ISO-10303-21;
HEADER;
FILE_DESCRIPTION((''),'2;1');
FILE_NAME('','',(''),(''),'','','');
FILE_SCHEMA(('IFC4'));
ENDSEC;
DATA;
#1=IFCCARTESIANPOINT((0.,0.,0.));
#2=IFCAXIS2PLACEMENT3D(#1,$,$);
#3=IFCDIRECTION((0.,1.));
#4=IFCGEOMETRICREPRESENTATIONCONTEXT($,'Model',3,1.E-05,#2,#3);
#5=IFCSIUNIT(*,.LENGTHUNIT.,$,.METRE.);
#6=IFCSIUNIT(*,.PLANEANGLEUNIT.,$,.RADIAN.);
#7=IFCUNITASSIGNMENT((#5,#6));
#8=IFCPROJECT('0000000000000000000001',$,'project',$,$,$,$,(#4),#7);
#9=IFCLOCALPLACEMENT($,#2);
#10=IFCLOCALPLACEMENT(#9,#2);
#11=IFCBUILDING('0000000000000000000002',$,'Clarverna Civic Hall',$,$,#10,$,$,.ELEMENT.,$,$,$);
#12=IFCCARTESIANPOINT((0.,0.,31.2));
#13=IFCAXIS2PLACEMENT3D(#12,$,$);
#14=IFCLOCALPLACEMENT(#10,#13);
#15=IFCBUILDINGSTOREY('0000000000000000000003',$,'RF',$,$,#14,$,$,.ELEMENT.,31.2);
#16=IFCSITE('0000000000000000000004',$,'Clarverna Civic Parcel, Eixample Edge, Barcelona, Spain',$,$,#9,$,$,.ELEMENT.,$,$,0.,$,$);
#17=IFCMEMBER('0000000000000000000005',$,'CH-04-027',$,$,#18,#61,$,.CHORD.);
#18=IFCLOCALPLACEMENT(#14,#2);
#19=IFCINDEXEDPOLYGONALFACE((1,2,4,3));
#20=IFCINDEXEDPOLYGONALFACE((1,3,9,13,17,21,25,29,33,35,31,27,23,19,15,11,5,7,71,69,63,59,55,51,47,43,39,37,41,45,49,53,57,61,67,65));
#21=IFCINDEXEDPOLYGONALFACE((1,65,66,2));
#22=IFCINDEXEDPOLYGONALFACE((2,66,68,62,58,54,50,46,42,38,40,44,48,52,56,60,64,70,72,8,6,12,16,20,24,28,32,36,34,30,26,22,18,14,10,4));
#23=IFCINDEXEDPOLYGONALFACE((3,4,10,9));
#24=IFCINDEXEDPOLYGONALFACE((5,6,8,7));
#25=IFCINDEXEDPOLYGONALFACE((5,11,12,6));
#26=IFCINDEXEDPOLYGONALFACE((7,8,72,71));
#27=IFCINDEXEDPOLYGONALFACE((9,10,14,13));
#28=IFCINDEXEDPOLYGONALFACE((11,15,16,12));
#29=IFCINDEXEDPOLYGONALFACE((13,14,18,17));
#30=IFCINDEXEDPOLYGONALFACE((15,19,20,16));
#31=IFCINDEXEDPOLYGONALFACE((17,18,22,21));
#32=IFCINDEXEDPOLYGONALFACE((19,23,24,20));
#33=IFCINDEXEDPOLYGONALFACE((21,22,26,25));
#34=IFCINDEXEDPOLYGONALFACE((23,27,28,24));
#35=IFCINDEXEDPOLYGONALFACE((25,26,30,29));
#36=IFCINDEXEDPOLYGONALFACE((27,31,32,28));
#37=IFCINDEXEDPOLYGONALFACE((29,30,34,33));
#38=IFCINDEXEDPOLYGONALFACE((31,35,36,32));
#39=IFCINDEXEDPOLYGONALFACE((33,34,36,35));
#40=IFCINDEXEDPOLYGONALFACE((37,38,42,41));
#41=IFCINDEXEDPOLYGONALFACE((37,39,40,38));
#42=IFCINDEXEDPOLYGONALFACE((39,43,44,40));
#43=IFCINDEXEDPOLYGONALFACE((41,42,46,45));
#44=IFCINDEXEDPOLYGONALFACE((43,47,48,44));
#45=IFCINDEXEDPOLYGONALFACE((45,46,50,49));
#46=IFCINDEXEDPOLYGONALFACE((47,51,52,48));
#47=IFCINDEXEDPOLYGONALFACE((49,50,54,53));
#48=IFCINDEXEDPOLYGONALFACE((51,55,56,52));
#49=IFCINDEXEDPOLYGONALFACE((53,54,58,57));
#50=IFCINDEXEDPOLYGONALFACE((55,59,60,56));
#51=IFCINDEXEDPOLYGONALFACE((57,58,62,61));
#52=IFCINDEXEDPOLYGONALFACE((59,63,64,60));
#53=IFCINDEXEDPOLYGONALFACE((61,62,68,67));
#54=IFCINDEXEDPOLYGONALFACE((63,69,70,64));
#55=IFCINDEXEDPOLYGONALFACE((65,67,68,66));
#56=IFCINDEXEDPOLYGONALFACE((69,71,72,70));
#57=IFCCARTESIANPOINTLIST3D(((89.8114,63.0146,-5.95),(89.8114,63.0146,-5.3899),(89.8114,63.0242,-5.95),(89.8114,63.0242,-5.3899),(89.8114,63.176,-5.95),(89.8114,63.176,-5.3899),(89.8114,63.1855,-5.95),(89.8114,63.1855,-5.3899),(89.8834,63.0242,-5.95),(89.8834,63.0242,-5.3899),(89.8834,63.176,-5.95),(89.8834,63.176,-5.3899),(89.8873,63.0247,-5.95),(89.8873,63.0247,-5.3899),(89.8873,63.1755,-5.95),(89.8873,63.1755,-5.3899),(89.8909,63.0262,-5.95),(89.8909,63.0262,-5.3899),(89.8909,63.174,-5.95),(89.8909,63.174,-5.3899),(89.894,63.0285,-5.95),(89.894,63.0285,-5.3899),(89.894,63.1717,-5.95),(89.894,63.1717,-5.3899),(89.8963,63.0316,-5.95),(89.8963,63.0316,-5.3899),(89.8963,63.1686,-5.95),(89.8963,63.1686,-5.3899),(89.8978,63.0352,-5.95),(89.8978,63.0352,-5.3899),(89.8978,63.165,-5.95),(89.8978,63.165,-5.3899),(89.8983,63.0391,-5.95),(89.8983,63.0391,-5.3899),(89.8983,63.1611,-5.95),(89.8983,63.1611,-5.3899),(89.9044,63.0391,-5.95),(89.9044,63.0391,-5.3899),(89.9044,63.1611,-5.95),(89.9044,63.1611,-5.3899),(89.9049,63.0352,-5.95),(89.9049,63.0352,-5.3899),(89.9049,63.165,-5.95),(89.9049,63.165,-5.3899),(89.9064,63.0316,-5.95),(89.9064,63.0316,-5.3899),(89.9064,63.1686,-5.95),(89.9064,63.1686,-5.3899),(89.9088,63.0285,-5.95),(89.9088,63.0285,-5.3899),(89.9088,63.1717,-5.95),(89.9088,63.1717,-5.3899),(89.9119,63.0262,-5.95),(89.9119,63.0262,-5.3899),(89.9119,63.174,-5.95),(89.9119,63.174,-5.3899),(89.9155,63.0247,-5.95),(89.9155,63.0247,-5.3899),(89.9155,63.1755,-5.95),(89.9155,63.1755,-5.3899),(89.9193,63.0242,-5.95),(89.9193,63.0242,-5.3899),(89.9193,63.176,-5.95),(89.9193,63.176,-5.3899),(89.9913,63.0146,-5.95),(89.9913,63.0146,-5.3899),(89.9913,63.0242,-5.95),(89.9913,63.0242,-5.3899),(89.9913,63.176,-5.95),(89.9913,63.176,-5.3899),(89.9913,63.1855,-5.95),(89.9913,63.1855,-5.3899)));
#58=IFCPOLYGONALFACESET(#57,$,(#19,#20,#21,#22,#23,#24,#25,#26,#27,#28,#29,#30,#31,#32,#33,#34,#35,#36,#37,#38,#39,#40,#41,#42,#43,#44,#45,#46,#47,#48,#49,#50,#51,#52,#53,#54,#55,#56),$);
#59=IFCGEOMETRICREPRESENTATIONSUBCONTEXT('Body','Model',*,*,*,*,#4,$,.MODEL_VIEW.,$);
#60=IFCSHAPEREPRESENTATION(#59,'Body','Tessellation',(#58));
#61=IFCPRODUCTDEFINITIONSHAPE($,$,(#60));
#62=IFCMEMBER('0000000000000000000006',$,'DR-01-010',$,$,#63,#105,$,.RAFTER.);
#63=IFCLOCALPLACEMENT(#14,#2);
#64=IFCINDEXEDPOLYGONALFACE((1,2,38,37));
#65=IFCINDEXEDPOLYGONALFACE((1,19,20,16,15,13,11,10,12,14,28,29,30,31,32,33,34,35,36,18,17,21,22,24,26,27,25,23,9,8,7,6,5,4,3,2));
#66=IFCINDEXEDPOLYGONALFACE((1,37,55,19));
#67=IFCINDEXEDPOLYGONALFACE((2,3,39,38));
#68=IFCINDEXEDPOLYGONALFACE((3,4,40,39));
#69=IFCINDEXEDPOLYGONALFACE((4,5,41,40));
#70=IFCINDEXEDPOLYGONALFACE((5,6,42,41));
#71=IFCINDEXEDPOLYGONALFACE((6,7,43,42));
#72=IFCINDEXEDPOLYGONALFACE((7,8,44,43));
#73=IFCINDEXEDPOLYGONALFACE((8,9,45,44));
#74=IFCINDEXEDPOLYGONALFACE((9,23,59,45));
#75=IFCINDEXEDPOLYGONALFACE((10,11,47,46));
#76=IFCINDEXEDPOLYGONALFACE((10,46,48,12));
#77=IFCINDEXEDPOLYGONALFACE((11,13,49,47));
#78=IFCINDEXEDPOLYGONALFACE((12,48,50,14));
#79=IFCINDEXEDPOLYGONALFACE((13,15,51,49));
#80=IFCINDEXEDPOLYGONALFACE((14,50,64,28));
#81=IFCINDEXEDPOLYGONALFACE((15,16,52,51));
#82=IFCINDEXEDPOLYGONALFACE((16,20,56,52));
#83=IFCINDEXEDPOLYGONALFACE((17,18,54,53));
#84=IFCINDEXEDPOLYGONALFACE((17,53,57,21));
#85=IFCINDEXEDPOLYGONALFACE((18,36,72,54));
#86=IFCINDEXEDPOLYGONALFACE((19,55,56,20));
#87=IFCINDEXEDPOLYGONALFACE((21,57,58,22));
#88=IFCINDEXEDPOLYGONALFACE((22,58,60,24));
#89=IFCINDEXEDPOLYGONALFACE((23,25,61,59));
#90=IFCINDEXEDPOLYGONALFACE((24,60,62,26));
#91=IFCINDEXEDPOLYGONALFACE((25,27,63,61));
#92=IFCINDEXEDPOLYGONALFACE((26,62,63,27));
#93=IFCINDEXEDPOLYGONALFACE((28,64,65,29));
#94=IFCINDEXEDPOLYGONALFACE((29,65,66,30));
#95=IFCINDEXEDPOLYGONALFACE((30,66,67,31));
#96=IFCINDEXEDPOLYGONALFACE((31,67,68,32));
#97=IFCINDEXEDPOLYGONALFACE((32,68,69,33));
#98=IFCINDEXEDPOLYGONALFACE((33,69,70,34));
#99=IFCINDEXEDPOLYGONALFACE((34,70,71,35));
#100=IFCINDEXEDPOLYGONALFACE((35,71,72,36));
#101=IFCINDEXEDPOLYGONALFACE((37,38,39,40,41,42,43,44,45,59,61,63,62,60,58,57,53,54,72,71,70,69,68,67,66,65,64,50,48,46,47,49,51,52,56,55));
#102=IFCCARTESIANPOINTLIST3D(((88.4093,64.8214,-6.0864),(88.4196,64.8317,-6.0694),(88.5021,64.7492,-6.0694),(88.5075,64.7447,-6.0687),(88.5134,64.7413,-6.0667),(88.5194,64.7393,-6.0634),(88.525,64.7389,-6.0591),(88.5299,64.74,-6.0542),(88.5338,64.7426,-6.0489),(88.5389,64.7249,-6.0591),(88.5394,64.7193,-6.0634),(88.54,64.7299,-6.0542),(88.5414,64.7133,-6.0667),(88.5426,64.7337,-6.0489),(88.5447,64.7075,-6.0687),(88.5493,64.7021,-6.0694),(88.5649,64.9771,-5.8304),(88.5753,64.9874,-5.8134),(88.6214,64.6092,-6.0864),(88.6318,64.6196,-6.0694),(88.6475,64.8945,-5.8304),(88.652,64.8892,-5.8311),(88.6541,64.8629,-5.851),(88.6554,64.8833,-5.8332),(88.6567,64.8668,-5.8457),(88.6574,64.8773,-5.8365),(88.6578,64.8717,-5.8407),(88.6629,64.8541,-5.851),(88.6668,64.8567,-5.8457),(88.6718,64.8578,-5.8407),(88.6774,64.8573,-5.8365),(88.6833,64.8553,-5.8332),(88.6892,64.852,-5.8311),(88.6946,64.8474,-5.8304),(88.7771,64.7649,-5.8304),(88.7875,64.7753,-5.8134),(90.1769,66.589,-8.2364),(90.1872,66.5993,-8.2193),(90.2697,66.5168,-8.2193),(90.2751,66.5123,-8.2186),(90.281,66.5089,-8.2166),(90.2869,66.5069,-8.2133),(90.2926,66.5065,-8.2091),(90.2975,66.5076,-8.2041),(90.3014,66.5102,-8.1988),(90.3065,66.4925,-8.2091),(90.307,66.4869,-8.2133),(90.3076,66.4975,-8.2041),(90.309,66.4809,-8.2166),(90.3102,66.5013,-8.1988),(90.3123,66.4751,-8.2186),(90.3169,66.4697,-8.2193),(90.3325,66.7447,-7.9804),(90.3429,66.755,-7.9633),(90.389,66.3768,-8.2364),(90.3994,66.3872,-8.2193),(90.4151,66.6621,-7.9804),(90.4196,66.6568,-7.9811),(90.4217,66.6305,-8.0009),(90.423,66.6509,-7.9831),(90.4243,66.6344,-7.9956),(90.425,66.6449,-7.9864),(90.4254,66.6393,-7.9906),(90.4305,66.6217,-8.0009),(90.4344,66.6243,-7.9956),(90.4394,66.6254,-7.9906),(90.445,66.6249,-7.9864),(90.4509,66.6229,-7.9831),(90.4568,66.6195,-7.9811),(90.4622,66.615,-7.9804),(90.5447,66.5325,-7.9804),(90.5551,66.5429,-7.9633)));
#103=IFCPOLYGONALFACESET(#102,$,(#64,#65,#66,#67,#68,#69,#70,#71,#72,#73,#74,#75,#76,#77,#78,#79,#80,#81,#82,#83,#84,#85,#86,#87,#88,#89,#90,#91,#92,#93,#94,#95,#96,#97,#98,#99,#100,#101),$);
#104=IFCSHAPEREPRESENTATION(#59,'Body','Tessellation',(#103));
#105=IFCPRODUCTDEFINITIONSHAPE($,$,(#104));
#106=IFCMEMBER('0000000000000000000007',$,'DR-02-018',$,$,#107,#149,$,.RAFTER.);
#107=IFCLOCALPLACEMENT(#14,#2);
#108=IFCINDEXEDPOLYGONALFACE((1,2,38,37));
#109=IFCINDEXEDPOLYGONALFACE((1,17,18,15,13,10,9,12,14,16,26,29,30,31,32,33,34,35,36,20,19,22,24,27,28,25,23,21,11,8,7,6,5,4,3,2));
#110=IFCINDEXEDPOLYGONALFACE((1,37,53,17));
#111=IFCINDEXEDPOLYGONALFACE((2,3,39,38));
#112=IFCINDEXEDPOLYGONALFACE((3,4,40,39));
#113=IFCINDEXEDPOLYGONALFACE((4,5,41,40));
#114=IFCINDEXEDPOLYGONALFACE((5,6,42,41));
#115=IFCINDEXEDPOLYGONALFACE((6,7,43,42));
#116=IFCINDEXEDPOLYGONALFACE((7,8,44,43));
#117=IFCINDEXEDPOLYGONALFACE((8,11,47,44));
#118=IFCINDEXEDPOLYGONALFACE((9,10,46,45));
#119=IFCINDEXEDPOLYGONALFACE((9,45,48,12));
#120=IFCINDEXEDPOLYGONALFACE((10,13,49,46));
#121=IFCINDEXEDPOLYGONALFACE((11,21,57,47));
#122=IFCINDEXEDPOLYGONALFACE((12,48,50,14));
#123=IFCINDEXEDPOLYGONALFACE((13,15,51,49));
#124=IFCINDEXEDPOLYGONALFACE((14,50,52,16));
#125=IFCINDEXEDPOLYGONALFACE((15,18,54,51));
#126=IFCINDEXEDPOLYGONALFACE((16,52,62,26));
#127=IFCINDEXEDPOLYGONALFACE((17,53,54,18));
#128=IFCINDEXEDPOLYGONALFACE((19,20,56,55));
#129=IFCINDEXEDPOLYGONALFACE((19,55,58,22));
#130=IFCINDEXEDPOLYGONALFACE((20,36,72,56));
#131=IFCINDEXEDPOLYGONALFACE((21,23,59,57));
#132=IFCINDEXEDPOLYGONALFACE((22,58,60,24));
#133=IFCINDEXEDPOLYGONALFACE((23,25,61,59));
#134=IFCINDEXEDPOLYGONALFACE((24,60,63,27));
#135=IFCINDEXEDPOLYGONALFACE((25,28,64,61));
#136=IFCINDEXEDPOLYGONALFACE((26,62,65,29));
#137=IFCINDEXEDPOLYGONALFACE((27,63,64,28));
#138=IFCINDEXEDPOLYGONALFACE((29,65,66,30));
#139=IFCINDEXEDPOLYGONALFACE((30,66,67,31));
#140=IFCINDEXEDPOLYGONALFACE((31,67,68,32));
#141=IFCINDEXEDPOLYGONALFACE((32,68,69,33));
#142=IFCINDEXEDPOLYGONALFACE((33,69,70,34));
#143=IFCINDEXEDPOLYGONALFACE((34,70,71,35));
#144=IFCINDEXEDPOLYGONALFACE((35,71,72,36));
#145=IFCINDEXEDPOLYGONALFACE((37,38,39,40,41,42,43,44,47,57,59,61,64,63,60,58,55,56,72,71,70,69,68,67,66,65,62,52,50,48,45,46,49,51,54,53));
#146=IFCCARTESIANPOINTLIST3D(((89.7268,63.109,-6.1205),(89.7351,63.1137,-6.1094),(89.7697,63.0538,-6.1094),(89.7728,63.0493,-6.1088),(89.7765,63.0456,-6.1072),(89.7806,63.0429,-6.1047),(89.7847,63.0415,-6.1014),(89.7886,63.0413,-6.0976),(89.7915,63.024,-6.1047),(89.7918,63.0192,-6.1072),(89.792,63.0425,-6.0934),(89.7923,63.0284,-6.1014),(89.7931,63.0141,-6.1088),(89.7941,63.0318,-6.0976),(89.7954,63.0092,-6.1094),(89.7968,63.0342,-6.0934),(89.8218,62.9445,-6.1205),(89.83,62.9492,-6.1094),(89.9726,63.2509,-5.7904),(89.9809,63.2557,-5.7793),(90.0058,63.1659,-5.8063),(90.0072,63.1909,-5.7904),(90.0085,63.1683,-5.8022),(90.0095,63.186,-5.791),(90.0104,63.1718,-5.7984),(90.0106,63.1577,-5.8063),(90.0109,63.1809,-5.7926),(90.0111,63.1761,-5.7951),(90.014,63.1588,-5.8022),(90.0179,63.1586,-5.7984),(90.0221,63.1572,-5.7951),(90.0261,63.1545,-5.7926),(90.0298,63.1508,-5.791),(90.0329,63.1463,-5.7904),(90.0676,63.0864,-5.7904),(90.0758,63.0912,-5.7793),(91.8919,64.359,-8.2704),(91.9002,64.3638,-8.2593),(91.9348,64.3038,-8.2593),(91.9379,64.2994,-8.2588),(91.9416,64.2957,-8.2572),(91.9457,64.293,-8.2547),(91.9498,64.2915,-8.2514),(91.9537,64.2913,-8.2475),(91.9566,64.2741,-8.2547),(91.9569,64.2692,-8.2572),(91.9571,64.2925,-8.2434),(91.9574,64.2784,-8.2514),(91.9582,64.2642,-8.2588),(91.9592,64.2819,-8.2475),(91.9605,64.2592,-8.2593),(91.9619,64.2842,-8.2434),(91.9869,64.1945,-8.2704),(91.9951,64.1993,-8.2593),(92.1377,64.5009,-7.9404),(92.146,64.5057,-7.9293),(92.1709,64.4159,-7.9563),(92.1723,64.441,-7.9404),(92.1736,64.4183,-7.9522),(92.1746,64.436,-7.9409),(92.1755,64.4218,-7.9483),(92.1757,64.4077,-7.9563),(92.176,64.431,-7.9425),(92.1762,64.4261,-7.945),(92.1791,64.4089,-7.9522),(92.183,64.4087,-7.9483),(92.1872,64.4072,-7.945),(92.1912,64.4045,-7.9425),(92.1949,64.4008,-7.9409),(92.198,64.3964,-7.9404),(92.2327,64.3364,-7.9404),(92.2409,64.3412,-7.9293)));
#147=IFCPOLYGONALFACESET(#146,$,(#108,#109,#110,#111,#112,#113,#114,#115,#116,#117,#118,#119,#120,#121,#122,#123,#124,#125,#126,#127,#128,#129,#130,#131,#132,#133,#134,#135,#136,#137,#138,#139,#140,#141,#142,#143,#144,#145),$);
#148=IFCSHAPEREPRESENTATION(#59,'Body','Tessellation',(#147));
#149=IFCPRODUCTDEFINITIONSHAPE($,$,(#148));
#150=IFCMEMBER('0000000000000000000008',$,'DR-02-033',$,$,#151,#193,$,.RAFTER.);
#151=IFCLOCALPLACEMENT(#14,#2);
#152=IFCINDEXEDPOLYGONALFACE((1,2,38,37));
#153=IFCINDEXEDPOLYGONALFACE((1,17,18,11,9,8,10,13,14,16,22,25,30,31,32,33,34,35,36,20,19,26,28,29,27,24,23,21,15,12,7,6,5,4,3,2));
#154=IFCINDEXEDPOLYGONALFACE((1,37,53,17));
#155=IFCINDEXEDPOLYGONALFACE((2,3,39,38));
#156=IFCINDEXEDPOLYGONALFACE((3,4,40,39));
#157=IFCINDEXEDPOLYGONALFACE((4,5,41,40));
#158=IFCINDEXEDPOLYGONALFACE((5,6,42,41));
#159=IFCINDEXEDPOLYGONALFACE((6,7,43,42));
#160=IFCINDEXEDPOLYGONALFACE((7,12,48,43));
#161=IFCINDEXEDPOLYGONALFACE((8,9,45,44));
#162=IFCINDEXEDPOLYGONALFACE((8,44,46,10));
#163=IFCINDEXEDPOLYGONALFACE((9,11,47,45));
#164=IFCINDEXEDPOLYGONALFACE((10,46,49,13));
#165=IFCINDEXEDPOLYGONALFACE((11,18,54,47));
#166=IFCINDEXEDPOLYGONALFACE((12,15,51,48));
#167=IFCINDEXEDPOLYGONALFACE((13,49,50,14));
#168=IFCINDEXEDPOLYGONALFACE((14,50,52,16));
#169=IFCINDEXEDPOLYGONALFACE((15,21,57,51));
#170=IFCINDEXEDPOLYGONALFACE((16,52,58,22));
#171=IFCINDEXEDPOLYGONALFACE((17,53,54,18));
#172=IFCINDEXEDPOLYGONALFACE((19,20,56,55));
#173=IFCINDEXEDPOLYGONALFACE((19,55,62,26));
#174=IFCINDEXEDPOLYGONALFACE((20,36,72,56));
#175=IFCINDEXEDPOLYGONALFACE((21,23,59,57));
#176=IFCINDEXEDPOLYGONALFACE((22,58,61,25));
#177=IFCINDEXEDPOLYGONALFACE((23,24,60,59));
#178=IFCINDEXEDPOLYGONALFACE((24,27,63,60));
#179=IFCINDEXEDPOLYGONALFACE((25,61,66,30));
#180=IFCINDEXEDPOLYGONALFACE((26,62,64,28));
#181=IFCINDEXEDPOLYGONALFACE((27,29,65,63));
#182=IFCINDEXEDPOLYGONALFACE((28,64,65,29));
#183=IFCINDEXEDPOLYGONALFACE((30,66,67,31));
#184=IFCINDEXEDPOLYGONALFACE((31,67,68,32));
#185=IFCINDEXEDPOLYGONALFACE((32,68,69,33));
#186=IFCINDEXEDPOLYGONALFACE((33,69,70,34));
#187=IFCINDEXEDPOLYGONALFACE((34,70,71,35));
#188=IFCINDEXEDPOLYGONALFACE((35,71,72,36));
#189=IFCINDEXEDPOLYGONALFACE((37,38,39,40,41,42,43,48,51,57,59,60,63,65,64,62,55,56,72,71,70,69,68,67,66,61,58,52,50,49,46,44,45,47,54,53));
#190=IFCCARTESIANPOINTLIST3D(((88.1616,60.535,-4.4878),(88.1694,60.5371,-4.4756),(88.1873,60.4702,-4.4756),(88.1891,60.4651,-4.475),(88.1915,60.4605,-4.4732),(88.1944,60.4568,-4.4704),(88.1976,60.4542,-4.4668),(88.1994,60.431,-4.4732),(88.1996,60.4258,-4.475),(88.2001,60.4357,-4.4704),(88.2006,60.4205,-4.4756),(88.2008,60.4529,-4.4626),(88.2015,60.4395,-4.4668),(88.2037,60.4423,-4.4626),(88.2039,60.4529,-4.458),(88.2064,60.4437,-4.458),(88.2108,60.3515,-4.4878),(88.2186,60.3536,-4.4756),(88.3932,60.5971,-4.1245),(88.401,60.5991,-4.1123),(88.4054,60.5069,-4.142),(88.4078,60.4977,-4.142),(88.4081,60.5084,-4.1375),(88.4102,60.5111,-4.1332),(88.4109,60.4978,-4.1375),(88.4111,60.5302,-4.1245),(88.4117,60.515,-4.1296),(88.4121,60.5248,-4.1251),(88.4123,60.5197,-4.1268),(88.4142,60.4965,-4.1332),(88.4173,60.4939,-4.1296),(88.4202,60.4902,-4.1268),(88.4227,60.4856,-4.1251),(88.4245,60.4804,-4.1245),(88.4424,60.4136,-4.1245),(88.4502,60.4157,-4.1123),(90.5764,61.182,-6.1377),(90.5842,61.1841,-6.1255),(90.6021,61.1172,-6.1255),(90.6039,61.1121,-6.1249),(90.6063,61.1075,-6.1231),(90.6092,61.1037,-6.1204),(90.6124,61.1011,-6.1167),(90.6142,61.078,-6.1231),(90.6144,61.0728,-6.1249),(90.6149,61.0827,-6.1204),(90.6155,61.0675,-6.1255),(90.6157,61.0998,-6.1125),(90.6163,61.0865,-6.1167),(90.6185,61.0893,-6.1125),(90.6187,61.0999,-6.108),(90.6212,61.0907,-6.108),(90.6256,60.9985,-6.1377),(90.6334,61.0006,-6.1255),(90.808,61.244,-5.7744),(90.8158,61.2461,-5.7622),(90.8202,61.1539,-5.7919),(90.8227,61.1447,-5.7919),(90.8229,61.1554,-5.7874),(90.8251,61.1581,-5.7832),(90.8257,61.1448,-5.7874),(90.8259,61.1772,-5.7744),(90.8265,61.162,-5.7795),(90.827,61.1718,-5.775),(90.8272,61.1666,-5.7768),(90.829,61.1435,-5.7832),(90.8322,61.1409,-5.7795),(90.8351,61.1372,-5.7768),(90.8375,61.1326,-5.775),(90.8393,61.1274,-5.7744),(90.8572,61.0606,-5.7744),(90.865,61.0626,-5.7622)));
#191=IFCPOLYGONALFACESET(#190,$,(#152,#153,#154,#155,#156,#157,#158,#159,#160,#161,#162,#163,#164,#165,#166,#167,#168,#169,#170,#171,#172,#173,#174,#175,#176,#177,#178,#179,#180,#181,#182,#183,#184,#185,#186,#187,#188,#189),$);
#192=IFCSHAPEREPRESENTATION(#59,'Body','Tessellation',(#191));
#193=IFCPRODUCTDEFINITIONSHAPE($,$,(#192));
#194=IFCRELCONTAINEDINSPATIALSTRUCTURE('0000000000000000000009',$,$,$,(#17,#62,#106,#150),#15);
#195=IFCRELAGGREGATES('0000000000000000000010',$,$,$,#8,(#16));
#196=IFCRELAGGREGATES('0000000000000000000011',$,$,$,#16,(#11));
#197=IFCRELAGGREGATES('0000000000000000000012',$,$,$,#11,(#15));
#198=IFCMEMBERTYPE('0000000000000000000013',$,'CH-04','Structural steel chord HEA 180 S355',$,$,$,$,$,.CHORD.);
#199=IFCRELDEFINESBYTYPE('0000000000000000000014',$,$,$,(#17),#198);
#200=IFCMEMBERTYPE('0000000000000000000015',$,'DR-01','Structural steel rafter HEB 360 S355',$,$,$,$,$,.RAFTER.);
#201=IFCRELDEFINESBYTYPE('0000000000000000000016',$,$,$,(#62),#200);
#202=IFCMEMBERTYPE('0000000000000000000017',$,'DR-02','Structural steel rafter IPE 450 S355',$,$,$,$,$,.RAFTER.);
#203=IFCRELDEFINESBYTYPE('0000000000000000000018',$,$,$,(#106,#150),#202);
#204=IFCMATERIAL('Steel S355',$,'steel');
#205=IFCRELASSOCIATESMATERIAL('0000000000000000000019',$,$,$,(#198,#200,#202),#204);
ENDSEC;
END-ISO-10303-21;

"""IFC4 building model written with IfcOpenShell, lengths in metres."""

from ifc_helpers import new_model, si_unit, direction, frame, origin, origin_2d, place, context, subcontext, project, spatial, i_section, extrude, material, material_profile, profile_set, type_object, element, save


model = new_model("IFC4")

# Units and contexts
model_context = context("Model", 3, precision=1e-05, world=origin(), true_north=direction((0.0, 1.0)))
body_context = subcontext(model_context, "Body", "Model", "MODEL_VIEW")
ifc_project = project(units=[si_unit("LENGTHUNIT", "METRE"), si_unit("PLANEANGLEUNIT", "RADIAN")], contexts=[model_context])

# Site, building, storey
site_placement = place(None, origin())
site = spatial("IfcSite", under=ifc_project, at=site_placement, Name="Clarverna Civic Parcel, Eixample Edge, Barcelona, Spain", CompositionType="ELEMENT", RefElevation=0.0)
building_placement = place(site_placement, origin())
building = spatial("IfcBuilding", under=site, at=building_placement, Name="Clarverna Civic Hall", CompositionType="ELEMENT")
storey_placement = place(building_placement, frame((0.0, 0.0, 31.2)))
storey = spatial("IfcBuildingStorey", under=building, at=storey_placement, Name="RF", CompositionType="ELEMENT", Elevation=31.2)

# Members
ifc_material_1 = material(Name="Steel S355", Category="steel")
ifc_material_profile_1 = material_profile(ifc_material_1, i_section(OverallWidth=0.1799, OverallDepth=0.1709, WebThickness=0.0061, FlangeThickness=0.0095, FilletRadius=0.0149, at=origin_2d()), Name="HEA 180")
ifc_profile_set_1 = profile_set([ifc_material_profile_1], Name="Steel S355")
member_type_1 = type_object("IfcMemberType", Name="CH-04", Description="Structural steel chord HEA 180 S355", PredefinedType="CHORD", material=ifc_profile_set_1)
for number, where, z_axis, x_axis, name in (
    (1, (89.9014, 63.1001, -5.95), (0.0, 0.0, 1.0), (1.0, 0.0, 0.0), "CH-04-027"),
):
    element("IfcMember", number, at=place(storey_placement, frame(where, z_axis=z_axis, x_axis=x_axis)), inside=storey, type_object=member_type_1, Name=name, PredefinedType="CHORD", context=body_context, shape_type="SweptSolid", body=[
        extrude(i_section(OverallWidth=0.1799, OverallDepth=0.1709, WebThickness=0.0061, FlangeThickness=0.0095, FilletRadius=0.0149, at=origin_2d()), origin(), (0.0, 0.0, 1.0), 0.5601),
    ])
ifc_material_profile_2 = material_profile(ifc_material_1, i_section(OverallWidth=0.3, OverallDepth=0.3601, WebThickness=0.0125, FlangeThickness=0.0225, FilletRadius=0.0271, at=origin_2d()), Name="HEB 360")
ifc_profile_set_2 = profile_set([ifc_material_profile_2], Name="Steel S355")
member_type_2 = type_object("IfcMemberType", Name="DR-01", Description="Structural steel rafter HEB 360 S355", PredefinedType="RAFTER", material=ifc_profile_set_2)
member_1_placement = place(storey_placement, frame((90.366, 66.5659, -8.0999), z_axis=(-0.536104, -0.536104, 0.652062), x_axis=(0.707107, -0.707107, 0.0)))
element("IfcMember", 2, at=member_1_placement, inside=storey, type_object=member_type_2, Name="DR-01-010", PredefinedType="RAFTER", context=body_context, shape_type="SweptSolid", body=[
    extrude(i_section(OverallWidth=0.3, OverallDepth=0.3601, WebThickness=0.0125, FlangeThickness=0.0225, FilletRadius=0.0271, at=origin_2d()), origin(), (0.0, 0.0, 1.0), 3.2971),
])
ifc_material_profile_3 = material_profile(ifc_material_1, i_section(OverallWidth=0.1899, OverallDepth=0.45, WebThickness=0.0095, FlangeThickness=0.0146, FilletRadius=0.021, at=origin_2d()), Name="IPE 450")
ifc_profile_set_3 = profile_set([ifc_material_profile_3], Name="Steel S355")
member_type_3 = type_object("IfcMemberType", Name="DR-02", Description="Structural steel rafter IPE 450 S355", PredefinedType="RAFTER", material=ifc_profile_set_3)
member_2_placement = place(storey_placement, frame((92.0664, 64.3501, -8.0999), z_axis=(-0.656616, -0.379102, 0.652025), x_axis=(0.500004, -0.866023, 0.0)))
element("IfcMember", 3, at=member_2_placement, inside=storey, type_object=member_type_3, Name="DR-02-018", PredefinedType="RAFTER", context=body_context, shape_type="SweptSolid", body=[
    extrude(i_section(OverallWidth=0.1899, OverallDepth=0.45, WebThickness=0.0095, FlangeThickness=0.0146, FilletRadius=0.021, at=origin_2d()), origin(), (0.0, 0.0, 1.0), 3.2974),
])
member_3_placement = place(storey_placement, frame((90.7207, 61.1223, -5.95), z_axis=(-0.806187, -0.215994, 0.550825), x_axis=(0.258793, -0.965933, 0.0)))
element("IfcMember", 4, at=member_3_placement, inside=storey, type_object=member_type_3, Name="DR-02-033", PredefinedType="RAFTER", context=body_context, shape_type="SweptSolid", body=[
    extrude(i_section(OverallWidth=0.1899, OverallDepth=0.45, WebThickness=0.0095, FlangeThickness=0.0146, FilletRadius=0.021, at=origin_2d()), origin(), (0.0, 0.0, 1.0), 2.9954),
])

save(model, "model.ifc")
